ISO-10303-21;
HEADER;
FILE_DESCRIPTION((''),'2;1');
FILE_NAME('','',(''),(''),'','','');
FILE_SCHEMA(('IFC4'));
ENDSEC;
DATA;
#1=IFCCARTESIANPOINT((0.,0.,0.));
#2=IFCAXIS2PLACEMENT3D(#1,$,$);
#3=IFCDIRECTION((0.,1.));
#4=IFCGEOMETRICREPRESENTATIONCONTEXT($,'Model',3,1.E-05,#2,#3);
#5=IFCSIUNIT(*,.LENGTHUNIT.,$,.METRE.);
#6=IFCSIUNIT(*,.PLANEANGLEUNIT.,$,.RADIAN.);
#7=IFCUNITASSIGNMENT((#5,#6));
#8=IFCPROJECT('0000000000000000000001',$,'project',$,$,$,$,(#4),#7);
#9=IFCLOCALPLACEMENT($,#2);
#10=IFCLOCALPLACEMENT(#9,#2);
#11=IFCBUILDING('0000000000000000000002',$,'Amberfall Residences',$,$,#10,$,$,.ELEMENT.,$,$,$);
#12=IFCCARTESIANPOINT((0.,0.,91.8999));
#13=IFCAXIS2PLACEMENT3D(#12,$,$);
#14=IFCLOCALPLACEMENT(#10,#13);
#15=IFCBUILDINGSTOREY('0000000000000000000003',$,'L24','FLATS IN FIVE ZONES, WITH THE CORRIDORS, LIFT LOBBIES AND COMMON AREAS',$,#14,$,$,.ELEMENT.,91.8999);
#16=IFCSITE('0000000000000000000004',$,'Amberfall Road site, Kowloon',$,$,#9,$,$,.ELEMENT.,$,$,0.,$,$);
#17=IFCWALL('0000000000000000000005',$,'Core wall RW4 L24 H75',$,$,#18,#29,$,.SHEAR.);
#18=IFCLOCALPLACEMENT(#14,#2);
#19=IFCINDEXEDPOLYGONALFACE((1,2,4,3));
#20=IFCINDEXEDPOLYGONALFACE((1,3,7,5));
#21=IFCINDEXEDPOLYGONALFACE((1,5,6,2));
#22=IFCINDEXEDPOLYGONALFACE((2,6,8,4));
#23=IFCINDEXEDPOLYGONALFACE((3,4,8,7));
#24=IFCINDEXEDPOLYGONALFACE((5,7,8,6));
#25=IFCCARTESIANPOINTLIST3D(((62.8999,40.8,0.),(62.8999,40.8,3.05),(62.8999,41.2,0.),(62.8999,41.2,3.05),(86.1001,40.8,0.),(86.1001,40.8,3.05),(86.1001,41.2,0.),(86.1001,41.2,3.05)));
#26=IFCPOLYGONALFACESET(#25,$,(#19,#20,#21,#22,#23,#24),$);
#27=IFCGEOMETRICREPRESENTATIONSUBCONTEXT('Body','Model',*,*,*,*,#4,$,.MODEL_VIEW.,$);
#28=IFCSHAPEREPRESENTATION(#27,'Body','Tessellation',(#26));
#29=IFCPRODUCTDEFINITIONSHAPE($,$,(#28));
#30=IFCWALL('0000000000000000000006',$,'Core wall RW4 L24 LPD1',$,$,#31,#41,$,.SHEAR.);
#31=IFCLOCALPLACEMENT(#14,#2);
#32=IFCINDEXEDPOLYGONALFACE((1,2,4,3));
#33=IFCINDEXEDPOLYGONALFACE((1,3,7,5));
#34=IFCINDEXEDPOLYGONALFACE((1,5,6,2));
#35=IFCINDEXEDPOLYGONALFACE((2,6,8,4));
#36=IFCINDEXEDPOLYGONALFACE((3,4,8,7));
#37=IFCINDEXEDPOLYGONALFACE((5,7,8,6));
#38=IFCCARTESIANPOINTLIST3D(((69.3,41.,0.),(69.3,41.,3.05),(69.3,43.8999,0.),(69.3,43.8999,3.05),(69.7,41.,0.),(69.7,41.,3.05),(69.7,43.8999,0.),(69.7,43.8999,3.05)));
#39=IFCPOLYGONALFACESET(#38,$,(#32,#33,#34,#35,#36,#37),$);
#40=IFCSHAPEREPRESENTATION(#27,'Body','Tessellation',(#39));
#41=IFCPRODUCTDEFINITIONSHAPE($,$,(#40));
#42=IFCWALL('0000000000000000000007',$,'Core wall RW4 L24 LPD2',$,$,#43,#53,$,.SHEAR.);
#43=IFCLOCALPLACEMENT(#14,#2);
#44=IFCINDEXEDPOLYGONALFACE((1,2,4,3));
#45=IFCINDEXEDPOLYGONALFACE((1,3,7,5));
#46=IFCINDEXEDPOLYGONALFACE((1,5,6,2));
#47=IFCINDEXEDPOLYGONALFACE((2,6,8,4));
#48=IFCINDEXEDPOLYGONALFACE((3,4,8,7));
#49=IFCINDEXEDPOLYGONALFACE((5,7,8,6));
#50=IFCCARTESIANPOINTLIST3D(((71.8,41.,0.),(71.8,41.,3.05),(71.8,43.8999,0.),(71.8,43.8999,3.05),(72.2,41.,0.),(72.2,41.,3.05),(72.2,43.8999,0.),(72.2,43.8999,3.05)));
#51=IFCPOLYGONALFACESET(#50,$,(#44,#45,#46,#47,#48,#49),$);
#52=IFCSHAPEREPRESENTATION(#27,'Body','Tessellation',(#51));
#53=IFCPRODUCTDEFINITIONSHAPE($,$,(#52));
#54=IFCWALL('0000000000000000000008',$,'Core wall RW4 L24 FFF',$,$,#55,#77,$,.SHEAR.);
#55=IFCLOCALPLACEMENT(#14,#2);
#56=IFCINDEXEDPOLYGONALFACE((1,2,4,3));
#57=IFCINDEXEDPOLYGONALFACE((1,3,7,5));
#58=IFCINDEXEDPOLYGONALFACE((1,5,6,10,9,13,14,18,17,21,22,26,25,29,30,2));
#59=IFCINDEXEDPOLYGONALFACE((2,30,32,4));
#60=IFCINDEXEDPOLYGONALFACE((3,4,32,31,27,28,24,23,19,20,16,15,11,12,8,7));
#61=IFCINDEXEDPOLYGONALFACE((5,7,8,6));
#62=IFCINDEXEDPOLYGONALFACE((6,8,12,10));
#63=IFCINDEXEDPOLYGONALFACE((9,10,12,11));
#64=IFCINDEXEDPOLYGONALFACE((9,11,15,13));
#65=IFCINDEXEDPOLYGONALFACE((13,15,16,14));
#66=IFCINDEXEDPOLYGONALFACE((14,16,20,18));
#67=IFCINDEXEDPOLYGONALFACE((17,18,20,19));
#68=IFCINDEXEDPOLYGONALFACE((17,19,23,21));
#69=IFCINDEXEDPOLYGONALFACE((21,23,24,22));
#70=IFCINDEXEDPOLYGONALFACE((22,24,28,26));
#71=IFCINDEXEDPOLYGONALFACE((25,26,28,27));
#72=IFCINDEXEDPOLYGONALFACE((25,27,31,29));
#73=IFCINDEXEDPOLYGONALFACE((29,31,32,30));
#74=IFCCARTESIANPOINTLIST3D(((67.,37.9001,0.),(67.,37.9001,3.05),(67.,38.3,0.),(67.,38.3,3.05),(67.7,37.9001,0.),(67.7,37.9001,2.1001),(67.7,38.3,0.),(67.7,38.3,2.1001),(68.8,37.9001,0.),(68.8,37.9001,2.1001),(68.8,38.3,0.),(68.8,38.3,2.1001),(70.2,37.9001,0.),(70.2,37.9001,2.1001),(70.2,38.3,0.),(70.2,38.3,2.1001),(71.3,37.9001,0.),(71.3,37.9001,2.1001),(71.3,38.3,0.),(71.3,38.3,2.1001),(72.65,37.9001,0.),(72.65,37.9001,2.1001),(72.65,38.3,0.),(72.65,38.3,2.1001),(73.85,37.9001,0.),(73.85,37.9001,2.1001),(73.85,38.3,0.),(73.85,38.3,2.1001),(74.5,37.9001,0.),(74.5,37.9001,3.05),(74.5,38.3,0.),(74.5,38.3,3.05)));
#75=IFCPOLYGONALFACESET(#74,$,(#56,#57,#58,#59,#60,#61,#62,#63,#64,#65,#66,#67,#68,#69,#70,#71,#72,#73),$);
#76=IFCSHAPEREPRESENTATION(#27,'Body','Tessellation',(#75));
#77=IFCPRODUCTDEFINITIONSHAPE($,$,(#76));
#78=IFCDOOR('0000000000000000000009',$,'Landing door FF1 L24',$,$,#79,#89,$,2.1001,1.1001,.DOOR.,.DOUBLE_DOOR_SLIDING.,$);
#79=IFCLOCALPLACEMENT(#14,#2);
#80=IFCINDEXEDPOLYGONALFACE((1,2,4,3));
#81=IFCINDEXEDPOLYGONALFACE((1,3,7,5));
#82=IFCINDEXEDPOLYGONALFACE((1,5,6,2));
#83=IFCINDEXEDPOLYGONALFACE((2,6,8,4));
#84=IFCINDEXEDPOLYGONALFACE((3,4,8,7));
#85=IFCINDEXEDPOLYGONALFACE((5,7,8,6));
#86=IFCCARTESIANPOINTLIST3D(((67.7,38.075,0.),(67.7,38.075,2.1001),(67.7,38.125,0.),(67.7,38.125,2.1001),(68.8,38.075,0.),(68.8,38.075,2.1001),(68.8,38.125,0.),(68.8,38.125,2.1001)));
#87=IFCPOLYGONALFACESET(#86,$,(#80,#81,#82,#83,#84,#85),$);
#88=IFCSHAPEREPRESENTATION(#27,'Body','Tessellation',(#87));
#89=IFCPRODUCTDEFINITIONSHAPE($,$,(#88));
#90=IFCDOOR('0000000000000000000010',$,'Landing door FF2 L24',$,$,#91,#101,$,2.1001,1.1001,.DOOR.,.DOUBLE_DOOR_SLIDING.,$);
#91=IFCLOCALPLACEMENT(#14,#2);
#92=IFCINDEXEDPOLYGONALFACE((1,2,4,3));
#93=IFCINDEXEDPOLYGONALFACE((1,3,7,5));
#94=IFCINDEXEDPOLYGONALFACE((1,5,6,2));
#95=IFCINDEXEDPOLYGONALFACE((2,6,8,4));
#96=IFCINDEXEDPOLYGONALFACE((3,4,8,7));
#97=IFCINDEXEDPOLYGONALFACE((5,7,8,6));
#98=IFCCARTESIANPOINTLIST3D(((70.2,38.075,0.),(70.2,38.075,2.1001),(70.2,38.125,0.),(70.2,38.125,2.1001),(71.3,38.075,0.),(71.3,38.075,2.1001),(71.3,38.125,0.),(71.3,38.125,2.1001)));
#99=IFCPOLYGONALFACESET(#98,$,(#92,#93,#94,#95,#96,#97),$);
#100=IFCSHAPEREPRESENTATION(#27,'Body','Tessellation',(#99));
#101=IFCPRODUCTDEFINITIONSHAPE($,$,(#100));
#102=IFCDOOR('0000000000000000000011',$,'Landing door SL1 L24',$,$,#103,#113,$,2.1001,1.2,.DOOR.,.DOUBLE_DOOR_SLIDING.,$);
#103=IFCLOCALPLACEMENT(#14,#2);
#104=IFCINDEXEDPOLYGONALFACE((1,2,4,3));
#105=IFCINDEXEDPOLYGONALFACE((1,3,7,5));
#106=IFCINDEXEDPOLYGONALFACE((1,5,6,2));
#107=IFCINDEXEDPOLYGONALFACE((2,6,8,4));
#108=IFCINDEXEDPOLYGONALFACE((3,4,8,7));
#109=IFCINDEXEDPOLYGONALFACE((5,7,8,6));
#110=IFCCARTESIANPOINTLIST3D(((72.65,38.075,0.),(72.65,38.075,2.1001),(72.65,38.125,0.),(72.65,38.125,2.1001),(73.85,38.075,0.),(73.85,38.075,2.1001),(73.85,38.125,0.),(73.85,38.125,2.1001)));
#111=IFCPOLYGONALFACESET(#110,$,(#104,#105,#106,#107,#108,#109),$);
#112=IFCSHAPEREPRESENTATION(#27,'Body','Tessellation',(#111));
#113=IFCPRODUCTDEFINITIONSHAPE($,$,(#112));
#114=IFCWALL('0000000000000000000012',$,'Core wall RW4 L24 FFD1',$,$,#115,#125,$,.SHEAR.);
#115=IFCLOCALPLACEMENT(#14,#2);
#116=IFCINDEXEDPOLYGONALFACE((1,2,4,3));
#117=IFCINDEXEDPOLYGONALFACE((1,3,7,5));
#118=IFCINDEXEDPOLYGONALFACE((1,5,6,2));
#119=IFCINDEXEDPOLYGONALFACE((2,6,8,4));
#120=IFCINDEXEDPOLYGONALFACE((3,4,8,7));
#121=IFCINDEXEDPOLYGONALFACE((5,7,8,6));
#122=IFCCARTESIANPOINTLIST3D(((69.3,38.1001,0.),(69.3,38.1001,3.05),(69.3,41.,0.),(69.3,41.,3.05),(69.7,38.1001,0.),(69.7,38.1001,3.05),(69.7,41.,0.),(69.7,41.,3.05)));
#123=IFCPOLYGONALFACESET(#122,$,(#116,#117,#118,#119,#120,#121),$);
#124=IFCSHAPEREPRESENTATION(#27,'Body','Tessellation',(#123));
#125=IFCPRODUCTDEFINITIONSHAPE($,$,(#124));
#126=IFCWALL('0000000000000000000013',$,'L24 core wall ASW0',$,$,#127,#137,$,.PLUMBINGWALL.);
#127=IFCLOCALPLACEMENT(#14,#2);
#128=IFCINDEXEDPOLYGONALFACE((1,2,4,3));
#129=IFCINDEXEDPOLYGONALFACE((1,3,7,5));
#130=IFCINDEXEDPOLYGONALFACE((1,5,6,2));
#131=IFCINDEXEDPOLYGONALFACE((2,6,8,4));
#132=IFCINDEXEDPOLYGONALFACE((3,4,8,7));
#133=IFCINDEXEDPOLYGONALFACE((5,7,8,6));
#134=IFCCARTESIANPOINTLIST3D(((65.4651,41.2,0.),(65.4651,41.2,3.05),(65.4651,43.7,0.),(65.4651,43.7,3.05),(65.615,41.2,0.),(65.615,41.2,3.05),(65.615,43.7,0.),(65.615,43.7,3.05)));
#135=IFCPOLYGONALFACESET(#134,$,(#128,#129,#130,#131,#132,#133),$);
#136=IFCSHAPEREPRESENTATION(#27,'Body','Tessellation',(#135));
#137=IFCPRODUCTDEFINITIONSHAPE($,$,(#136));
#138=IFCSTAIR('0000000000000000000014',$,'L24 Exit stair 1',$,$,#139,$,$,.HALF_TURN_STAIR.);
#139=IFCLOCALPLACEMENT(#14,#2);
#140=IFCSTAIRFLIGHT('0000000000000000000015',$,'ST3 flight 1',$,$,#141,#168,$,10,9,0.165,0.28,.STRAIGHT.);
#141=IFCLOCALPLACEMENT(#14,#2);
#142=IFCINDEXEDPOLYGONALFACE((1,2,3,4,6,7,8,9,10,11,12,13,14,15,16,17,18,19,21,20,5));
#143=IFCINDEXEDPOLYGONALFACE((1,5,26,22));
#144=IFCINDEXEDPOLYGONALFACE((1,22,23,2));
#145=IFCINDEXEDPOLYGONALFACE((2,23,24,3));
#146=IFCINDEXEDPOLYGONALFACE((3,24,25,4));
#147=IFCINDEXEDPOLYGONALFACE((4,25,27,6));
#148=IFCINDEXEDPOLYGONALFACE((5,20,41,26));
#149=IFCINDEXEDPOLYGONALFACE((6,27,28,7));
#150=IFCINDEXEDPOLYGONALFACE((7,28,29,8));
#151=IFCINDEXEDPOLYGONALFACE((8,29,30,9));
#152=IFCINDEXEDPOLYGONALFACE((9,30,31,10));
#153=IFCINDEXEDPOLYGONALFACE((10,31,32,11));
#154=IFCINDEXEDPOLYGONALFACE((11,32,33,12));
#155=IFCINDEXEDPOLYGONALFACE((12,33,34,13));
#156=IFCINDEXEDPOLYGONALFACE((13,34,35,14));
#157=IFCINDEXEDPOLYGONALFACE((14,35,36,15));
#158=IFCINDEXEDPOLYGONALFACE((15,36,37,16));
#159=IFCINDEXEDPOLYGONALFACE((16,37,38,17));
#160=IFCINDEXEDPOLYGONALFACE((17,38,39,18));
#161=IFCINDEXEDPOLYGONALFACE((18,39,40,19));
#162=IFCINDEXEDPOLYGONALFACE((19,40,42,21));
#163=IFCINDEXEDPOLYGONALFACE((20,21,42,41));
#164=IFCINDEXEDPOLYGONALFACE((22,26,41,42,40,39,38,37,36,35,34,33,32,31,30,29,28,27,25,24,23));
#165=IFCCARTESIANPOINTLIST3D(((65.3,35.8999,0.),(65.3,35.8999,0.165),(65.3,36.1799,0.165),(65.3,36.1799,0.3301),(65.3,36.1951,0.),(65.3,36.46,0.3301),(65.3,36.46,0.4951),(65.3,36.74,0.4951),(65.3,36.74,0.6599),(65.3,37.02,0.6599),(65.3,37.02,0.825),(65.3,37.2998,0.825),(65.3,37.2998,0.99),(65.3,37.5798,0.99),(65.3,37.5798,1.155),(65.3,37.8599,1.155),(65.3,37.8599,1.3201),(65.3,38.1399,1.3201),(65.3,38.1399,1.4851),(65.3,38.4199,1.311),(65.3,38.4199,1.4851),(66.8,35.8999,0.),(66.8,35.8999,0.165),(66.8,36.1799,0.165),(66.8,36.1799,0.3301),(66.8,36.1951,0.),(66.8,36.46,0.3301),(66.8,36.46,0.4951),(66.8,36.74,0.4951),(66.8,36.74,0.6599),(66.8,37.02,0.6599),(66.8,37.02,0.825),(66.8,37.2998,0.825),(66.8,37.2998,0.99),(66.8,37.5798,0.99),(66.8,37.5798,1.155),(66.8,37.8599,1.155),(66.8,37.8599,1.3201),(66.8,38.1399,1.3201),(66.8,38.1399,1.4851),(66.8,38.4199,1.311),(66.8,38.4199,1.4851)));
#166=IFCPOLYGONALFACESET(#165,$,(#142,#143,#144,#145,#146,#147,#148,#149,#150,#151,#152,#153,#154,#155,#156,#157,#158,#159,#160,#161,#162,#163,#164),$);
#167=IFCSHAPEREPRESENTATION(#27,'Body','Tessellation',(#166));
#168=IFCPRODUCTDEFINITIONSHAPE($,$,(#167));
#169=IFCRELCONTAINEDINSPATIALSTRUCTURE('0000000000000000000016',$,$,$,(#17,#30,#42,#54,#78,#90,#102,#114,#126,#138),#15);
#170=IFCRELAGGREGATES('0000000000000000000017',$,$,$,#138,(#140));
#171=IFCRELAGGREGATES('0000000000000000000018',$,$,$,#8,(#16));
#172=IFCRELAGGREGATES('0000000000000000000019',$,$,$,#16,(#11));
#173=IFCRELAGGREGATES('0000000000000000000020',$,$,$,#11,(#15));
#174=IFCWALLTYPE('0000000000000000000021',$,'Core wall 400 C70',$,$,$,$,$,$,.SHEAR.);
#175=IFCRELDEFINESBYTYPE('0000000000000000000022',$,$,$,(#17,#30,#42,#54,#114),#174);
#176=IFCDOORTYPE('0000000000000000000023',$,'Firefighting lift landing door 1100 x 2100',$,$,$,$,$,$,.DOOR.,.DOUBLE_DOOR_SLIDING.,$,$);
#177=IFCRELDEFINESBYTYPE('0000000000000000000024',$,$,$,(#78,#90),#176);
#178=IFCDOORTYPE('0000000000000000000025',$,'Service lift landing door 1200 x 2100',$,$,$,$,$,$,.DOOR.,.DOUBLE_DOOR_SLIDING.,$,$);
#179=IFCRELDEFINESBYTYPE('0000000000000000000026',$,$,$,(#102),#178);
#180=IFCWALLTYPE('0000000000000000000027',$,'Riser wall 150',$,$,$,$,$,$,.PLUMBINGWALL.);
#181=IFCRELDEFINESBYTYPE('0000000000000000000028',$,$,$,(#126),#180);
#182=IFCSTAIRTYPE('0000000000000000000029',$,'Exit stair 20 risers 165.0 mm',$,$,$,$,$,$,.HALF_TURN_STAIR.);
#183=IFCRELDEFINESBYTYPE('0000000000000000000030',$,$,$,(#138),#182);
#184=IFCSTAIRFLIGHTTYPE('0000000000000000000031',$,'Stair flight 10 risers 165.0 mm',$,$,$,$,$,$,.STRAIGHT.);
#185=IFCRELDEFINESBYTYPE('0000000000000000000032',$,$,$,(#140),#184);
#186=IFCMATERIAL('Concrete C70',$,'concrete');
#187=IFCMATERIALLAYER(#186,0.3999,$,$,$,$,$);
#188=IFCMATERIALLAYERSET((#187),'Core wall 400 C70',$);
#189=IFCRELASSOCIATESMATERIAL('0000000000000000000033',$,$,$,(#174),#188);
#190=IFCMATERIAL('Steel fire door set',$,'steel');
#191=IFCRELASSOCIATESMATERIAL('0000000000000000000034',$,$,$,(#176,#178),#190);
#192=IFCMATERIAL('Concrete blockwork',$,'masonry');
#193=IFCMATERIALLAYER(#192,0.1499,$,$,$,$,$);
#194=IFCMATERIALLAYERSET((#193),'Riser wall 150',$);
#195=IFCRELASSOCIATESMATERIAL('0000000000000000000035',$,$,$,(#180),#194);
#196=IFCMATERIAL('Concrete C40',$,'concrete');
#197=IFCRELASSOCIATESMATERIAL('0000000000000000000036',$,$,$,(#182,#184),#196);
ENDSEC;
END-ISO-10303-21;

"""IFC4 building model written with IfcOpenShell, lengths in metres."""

from ifc_helpers import new_model, si_unit, direction, frame, frame_2d, origin, place, context, subcontext, project, spatial, polyline, rectangle, outline, extrude, material, layer, layer_set, type_object, element, fill, aggregate, save


model = new_model("IFC4")

# Units and contexts
model_context = context("Model", 3, precision=1e-05, world=origin(), true_north=direction((0.0, 1.0)))
body_context = subcontext(model_context, "Body", "Model", "MODEL_VIEW")
ifc_project = project(units=[si_unit("LENGTHUNIT", "METRE"), si_unit("PLANEANGLEUNIT", "RADIAN")], contexts=[model_context])

# Site, building, storey
site_placement = place(None, origin())
site = spatial("IfcSite", under=ifc_project, at=site_placement, Name="Amberfall Road site, Kowloon", CompositionType="ELEMENT", RefElevation=0.0)
building_placement = place(site_placement, origin())
building = spatial("IfcBuilding", under=site, at=building_placement, Name="Amberfall Residences", CompositionType="ELEMENT")
storey_placement = place(building_placement, frame((0.0, 0.0, 91.8999)))
storey = spatial("IfcBuildingStorey", under=building, at=storey_placement, Name="L24", Description="FLATS IN FIVE ZONES, WITH THE CORRIDORS, LIFT LOBBIES AND COMMON AREAS", CompositionType="ELEMENT", Elevation=91.8999)

# Wall
ifc_material_1 = material(Name="Concrete C70", Category="concrete")
ifc_layer_1 = layer(ifc_material_1, 0.3999)
ifc_layer_set_1 = layer_set([ifc_layer_1], Name="Core wall 400 C70")
wall_type_1 = type_object("IfcWallType", Name="Core wall 400 C70", PredefinedType="SHEAR", material=ifc_layer_set_1)
wall_1_placement = place(storey_placement, frame((62.8999, 41.0, 0.0), z_axis=(0.0, 0.0, 1.0), x_axis=(1.0, 0.0, 0.0)))
element("IfcWall", 1, at=wall_1_placement, inside=storey, type_object=wall_type_1, Name="Core wall RW4 L24 H75", PredefinedType="SHEAR", context=body_context, shape_type="SweptSolid", body=[
    extrude(rectangle(XDim=23.2002, YDim=0.3999, at=frame_2d((11.6001, 0.0))), origin(), (0.0, 0.0, 1.0), 3.05),
])

# Shared definitions
ifc_material_2 = material(Name="Steel fire door set", Category="steel")

# Walls
for number, where, z_axis, x_axis, name in (
    (2, (69.5, 41.0, 0.0), (0.0, 0.0, 1.0), (0.0, 1.0, 0.0), "Core wall RW4 L24 LPD1"),
    (3, (72.0, 41.0, 0.0), (0.0, 0.0, 1.0), (0.0, 1.0, 0.0), "Core wall RW4 L24 LPD2"),
):
    element("IfcWall", number, at=place(storey_placement, frame(where, z_axis=z_axis, x_axis=x_axis)), inside=storey, type_object=wall_type_1, Name=name, PredefinedType="SHEAR", context=body_context, shape_type="SweptSolid", body=[
        extrude(rectangle(XDim=2.8999, YDim=0.3999, at=frame_2d((1.45, 0.0))), origin(), (0.0, 0.0, 1.0), 3.05),
    ])

# Wall, openings, doors
wall_2_placement = place(storey_placement, frame((67.0, 38.1001, 0.0), z_axis=(0.0, 0.0, 1.0), x_axis=(1.0, 0.0, 0.0)))
wall_2 = element("IfcWall", 4, at=wall_2_placement, inside=storey, type_object=wall_type_1, Name="Core wall RW4 L24 FFF", PredefinedType="SHEAR", context=body_context, shape_type="SweptSolid", body=[
    extrude(rectangle(XDim=7.5, YDim=0.3999, at=frame_2d((3.75, 0.0))), origin(), (0.0, 0.0, 1.0), 3.05),
])
opening_1_placement = place(wall_2_placement, frame((0.7, 0.0, 0.0)))
opening_1 = element("IfcOpeningElement", 5, at=opening_1_placement, cuts=wall_2, PredefinedType="OPENING", context=body_context, shape_type="SweptSolid", body=[
    extrude(rectangle(XDim=1.1001, YDim=2.1001, at=frame_2d((0.55, 1.05))), frame((0.0, 0.21, 0.0), z_axis=(0.0, -1.0, 0.0), x_axis=(1.0, 0.0, 0.0)), (0.0, 0.0, 1.0), 0.4199),
])
opening_2_placement = place(wall_2_placement, frame((3.2, 0.0, 0.0)))
opening_2 = element("IfcOpeningElement", 6, at=opening_2_placement, cuts=wall_2, PredefinedType="OPENING", context=body_context, shape_type="SweptSolid", body=[
    extrude(rectangle(XDim=1.1001, YDim=2.1001, at=frame_2d((0.55, 1.05))), frame((0.0, 0.21, 0.0), z_axis=(0.0, -1.0, 0.0), x_axis=(1.0, 0.0, 0.0)), (0.0, 0.0, 1.0), 0.4199),
])
opening_3_placement = place(wall_2_placement, frame((5.6499, 0.0, 0.0)))
opening_3 = element("IfcOpeningElement", 7, at=opening_3_placement, cuts=wall_2, PredefinedType="OPENING", context=body_context, shape_type="SweptSolid", body=[
    extrude(rectangle(XDim=1.2, YDim=2.1001, at=frame_2d((0.6001, 1.05))), frame((0.0, 0.21, 0.0), z_axis=(0.0, -1.0, 0.0), x_axis=(1.0, 0.0, 0.0)), (0.0, 0.0, 1.0), 0.4199),
])
door_type_1 = type_object("IfcDoorType", Name="Firefighting lift landing door 1100 x 2100", OperationType="DOUBLE_DOOR_SLIDING", PredefinedType="DOOR", material=ifc_material_2)
door_1_placement = place(opening_1_placement, origin())
door_1 = element("IfcDoor", 8, at=door_1_placement, inside=storey, type_object=door_type_1, Name="Landing door FF1 L24", OperationType="DOUBLE_DOOR_SLIDING", OverallHeight=2.1001, OverallWidth=1.1001, PredefinedType="DOOR", context=body_context, shape_type="SweptSolid", body=[
    extrude(rectangle(XDim=1.1001, YDim=2.1001, at=frame_2d((0.55, 1.05))), frame((0.0, 0.0249, 0.0), z_axis=(0.0, -1.0, 0.0), x_axis=(1.0, 0.0, 0.0)), (0.0, 0.0, 1.0), 0.05),
])
fill(opening_1, door_1)
door_2_placement = place(opening_2_placement, origin())
door_2 = element("IfcDoor", 9, at=door_2_placement, inside=storey, type_object=door_type_1, Name="Landing door FF2 L24", OperationType="DOUBLE_DOOR_SLIDING", OverallHeight=2.1001, OverallWidth=1.1001, PredefinedType="DOOR", context=body_context, shape_type="SweptSolid", body=[
    extrude(rectangle(XDim=1.1001, YDim=2.1001, at=frame_2d((0.55, 1.05))), frame((0.0, 0.0249, 0.0), z_axis=(0.0, -1.0, 0.0), x_axis=(1.0, 0.0, 0.0)), (0.0, 0.0, 1.0), 0.05),
])
fill(opening_2, door_2)
door_type_2 = type_object("IfcDoorType", Name="Service lift landing door 1200 x 2100", OperationType="DOUBLE_DOOR_SLIDING", PredefinedType="DOOR", material=ifc_material_2)
door_3_placement = place(opening_3_placement, origin())
door_3 = element("IfcDoor", 10, at=door_3_placement, inside=storey, type_object=door_type_2, Name="Landing door SL1 L24", OperationType="DOUBLE_DOOR_SLIDING", OverallHeight=2.1001, OverallWidth=1.2, PredefinedType="DOOR", context=body_context, shape_type="SweptSolid", body=[
    extrude(rectangle(XDim=1.2, YDim=2.1001, at=frame_2d((0.6001, 1.05))), frame((0.0, 0.0249, 0.0), z_axis=(0.0, -1.0, 0.0), x_axis=(1.0, 0.0, 0.0)), (0.0, 0.0, 1.0), 0.05),
])
fill(opening_3, door_3)

# Walls
wall_3_placement = place(storey_placement, frame((69.5, 38.1001, 0.0), z_axis=(0.0, 0.0, 1.0), x_axis=(0.0, 1.0, 0.0)))
element("IfcWall", 11, at=wall_3_placement, inside=storey, type_object=wall_type_1, Name="Core wall RW4 L24 FFD1", PredefinedType="SHEAR", context=body_context, shape_type="SweptSolid", body=[
    extrude(rectangle(XDim=2.8999, YDim=0.3999, at=frame_2d((1.45, 0.0))), origin(), (0.0, 0.0, 1.0), 3.05),
])
ifc_material_3 = material(Name="Concrete blockwork", Category="masonry")
ifc_layer_2 = layer(ifc_material_3, 0.1499)
ifc_layer_set_2 = layer_set([ifc_layer_2], Name="Riser wall 150")
wall_type_2 = type_object("IfcWallType", Name="Riser wall 150", PredefinedType="PLUMBINGWALL", material=ifc_layer_set_2)
wall_4_placement = place(storey_placement, frame((65.54, 41.2, 0.0), z_axis=(0.0, 0.0, 1.0), x_axis=(0.0, 1.0, 0.0)))
element("IfcWall", 12, at=wall_4_placement, inside=storey, type_object=wall_type_2, Name="L24 core wall ASW0", PredefinedType="PLUMBINGWALL", context=body_context, shape_type="SweptSolid", body=[
    extrude(rectangle(XDim=2.5, YDim=0.1499, at=frame_2d((1.25, 0.0))), origin(), (0.0, 0.0, 1.0), 3.05),
])

# Stair, stair flight
ifc_material_4 = material(Name="Concrete C40", Category="concrete")
stair_type = type_object("IfcStairType", Name="Exit stair 20 risers 165.0 mm", PredefinedType="HALF_TURN_STAIR", material=ifc_material_4)
stair_placement = place(storey_placement, origin())
stair = element("IfcStair", 13, at=stair_placement, inside=storey, type_object=stair_type, Name="L24 Exit stair 1", PredefinedType="HALF_TURN_STAIR")
stair_flight_type = type_object("IfcStairFlightType", Name="Stair flight 10 risers 165.0 mm", PredefinedType="STRAIGHT", material=ifc_material_4)
stair_flight_1_placement = place(storey_placement, frame((66.05, 35.8999, 0.0), z_axis=(0.0, 0.0, 1.0), x_axis=(0.0, 1.0, 0.0)))
stair_flight_1 = element("IfcStairFlight", 14, at=stair_flight_1_placement, type_object=stair_flight_type, Name="ST3 flight 1", NumberOfRisers=10, NumberOfTreads=9, PredefinedType="STRAIGHT", RiserHeight=0.165, TreadLength=0.28, context=body_context, shape_type="SweptSolid", body=[
    extrude(outline(polyline([(0.0, 0.0), (0.0, 0.165), (0.28, 0.165), (0.28, 0.3301), (0.5601, 0.3301), (0.5601, 0.4951), (0.8401, 0.4951), (0.8401, 0.6599), (1.1201, 0.6599), (1.1201, 0.825), (1.3999, 0.825), (1.3999, 0.99), (1.6799, 0.99), (1.6799, 1.155), (1.96, 1.155), (1.96, 1.3201), (2.24, 1.3201), (2.24, 1.4851), (2.52, 1.4851), (2.52, 1.6499), (2.52, 1.311), (0.2952, 0.0), (0.0, 0.0)])), frame((0.0, 0.75, 0.0), z_axis=(0.0, -1.0, 0.0), x_axis=(1.0, 0.0, 0.0)), (0.0, 0.0, 1.0), 1.5),
])
aggregate(stair, [stair_flight_1])

save(model, "model.ifc")
